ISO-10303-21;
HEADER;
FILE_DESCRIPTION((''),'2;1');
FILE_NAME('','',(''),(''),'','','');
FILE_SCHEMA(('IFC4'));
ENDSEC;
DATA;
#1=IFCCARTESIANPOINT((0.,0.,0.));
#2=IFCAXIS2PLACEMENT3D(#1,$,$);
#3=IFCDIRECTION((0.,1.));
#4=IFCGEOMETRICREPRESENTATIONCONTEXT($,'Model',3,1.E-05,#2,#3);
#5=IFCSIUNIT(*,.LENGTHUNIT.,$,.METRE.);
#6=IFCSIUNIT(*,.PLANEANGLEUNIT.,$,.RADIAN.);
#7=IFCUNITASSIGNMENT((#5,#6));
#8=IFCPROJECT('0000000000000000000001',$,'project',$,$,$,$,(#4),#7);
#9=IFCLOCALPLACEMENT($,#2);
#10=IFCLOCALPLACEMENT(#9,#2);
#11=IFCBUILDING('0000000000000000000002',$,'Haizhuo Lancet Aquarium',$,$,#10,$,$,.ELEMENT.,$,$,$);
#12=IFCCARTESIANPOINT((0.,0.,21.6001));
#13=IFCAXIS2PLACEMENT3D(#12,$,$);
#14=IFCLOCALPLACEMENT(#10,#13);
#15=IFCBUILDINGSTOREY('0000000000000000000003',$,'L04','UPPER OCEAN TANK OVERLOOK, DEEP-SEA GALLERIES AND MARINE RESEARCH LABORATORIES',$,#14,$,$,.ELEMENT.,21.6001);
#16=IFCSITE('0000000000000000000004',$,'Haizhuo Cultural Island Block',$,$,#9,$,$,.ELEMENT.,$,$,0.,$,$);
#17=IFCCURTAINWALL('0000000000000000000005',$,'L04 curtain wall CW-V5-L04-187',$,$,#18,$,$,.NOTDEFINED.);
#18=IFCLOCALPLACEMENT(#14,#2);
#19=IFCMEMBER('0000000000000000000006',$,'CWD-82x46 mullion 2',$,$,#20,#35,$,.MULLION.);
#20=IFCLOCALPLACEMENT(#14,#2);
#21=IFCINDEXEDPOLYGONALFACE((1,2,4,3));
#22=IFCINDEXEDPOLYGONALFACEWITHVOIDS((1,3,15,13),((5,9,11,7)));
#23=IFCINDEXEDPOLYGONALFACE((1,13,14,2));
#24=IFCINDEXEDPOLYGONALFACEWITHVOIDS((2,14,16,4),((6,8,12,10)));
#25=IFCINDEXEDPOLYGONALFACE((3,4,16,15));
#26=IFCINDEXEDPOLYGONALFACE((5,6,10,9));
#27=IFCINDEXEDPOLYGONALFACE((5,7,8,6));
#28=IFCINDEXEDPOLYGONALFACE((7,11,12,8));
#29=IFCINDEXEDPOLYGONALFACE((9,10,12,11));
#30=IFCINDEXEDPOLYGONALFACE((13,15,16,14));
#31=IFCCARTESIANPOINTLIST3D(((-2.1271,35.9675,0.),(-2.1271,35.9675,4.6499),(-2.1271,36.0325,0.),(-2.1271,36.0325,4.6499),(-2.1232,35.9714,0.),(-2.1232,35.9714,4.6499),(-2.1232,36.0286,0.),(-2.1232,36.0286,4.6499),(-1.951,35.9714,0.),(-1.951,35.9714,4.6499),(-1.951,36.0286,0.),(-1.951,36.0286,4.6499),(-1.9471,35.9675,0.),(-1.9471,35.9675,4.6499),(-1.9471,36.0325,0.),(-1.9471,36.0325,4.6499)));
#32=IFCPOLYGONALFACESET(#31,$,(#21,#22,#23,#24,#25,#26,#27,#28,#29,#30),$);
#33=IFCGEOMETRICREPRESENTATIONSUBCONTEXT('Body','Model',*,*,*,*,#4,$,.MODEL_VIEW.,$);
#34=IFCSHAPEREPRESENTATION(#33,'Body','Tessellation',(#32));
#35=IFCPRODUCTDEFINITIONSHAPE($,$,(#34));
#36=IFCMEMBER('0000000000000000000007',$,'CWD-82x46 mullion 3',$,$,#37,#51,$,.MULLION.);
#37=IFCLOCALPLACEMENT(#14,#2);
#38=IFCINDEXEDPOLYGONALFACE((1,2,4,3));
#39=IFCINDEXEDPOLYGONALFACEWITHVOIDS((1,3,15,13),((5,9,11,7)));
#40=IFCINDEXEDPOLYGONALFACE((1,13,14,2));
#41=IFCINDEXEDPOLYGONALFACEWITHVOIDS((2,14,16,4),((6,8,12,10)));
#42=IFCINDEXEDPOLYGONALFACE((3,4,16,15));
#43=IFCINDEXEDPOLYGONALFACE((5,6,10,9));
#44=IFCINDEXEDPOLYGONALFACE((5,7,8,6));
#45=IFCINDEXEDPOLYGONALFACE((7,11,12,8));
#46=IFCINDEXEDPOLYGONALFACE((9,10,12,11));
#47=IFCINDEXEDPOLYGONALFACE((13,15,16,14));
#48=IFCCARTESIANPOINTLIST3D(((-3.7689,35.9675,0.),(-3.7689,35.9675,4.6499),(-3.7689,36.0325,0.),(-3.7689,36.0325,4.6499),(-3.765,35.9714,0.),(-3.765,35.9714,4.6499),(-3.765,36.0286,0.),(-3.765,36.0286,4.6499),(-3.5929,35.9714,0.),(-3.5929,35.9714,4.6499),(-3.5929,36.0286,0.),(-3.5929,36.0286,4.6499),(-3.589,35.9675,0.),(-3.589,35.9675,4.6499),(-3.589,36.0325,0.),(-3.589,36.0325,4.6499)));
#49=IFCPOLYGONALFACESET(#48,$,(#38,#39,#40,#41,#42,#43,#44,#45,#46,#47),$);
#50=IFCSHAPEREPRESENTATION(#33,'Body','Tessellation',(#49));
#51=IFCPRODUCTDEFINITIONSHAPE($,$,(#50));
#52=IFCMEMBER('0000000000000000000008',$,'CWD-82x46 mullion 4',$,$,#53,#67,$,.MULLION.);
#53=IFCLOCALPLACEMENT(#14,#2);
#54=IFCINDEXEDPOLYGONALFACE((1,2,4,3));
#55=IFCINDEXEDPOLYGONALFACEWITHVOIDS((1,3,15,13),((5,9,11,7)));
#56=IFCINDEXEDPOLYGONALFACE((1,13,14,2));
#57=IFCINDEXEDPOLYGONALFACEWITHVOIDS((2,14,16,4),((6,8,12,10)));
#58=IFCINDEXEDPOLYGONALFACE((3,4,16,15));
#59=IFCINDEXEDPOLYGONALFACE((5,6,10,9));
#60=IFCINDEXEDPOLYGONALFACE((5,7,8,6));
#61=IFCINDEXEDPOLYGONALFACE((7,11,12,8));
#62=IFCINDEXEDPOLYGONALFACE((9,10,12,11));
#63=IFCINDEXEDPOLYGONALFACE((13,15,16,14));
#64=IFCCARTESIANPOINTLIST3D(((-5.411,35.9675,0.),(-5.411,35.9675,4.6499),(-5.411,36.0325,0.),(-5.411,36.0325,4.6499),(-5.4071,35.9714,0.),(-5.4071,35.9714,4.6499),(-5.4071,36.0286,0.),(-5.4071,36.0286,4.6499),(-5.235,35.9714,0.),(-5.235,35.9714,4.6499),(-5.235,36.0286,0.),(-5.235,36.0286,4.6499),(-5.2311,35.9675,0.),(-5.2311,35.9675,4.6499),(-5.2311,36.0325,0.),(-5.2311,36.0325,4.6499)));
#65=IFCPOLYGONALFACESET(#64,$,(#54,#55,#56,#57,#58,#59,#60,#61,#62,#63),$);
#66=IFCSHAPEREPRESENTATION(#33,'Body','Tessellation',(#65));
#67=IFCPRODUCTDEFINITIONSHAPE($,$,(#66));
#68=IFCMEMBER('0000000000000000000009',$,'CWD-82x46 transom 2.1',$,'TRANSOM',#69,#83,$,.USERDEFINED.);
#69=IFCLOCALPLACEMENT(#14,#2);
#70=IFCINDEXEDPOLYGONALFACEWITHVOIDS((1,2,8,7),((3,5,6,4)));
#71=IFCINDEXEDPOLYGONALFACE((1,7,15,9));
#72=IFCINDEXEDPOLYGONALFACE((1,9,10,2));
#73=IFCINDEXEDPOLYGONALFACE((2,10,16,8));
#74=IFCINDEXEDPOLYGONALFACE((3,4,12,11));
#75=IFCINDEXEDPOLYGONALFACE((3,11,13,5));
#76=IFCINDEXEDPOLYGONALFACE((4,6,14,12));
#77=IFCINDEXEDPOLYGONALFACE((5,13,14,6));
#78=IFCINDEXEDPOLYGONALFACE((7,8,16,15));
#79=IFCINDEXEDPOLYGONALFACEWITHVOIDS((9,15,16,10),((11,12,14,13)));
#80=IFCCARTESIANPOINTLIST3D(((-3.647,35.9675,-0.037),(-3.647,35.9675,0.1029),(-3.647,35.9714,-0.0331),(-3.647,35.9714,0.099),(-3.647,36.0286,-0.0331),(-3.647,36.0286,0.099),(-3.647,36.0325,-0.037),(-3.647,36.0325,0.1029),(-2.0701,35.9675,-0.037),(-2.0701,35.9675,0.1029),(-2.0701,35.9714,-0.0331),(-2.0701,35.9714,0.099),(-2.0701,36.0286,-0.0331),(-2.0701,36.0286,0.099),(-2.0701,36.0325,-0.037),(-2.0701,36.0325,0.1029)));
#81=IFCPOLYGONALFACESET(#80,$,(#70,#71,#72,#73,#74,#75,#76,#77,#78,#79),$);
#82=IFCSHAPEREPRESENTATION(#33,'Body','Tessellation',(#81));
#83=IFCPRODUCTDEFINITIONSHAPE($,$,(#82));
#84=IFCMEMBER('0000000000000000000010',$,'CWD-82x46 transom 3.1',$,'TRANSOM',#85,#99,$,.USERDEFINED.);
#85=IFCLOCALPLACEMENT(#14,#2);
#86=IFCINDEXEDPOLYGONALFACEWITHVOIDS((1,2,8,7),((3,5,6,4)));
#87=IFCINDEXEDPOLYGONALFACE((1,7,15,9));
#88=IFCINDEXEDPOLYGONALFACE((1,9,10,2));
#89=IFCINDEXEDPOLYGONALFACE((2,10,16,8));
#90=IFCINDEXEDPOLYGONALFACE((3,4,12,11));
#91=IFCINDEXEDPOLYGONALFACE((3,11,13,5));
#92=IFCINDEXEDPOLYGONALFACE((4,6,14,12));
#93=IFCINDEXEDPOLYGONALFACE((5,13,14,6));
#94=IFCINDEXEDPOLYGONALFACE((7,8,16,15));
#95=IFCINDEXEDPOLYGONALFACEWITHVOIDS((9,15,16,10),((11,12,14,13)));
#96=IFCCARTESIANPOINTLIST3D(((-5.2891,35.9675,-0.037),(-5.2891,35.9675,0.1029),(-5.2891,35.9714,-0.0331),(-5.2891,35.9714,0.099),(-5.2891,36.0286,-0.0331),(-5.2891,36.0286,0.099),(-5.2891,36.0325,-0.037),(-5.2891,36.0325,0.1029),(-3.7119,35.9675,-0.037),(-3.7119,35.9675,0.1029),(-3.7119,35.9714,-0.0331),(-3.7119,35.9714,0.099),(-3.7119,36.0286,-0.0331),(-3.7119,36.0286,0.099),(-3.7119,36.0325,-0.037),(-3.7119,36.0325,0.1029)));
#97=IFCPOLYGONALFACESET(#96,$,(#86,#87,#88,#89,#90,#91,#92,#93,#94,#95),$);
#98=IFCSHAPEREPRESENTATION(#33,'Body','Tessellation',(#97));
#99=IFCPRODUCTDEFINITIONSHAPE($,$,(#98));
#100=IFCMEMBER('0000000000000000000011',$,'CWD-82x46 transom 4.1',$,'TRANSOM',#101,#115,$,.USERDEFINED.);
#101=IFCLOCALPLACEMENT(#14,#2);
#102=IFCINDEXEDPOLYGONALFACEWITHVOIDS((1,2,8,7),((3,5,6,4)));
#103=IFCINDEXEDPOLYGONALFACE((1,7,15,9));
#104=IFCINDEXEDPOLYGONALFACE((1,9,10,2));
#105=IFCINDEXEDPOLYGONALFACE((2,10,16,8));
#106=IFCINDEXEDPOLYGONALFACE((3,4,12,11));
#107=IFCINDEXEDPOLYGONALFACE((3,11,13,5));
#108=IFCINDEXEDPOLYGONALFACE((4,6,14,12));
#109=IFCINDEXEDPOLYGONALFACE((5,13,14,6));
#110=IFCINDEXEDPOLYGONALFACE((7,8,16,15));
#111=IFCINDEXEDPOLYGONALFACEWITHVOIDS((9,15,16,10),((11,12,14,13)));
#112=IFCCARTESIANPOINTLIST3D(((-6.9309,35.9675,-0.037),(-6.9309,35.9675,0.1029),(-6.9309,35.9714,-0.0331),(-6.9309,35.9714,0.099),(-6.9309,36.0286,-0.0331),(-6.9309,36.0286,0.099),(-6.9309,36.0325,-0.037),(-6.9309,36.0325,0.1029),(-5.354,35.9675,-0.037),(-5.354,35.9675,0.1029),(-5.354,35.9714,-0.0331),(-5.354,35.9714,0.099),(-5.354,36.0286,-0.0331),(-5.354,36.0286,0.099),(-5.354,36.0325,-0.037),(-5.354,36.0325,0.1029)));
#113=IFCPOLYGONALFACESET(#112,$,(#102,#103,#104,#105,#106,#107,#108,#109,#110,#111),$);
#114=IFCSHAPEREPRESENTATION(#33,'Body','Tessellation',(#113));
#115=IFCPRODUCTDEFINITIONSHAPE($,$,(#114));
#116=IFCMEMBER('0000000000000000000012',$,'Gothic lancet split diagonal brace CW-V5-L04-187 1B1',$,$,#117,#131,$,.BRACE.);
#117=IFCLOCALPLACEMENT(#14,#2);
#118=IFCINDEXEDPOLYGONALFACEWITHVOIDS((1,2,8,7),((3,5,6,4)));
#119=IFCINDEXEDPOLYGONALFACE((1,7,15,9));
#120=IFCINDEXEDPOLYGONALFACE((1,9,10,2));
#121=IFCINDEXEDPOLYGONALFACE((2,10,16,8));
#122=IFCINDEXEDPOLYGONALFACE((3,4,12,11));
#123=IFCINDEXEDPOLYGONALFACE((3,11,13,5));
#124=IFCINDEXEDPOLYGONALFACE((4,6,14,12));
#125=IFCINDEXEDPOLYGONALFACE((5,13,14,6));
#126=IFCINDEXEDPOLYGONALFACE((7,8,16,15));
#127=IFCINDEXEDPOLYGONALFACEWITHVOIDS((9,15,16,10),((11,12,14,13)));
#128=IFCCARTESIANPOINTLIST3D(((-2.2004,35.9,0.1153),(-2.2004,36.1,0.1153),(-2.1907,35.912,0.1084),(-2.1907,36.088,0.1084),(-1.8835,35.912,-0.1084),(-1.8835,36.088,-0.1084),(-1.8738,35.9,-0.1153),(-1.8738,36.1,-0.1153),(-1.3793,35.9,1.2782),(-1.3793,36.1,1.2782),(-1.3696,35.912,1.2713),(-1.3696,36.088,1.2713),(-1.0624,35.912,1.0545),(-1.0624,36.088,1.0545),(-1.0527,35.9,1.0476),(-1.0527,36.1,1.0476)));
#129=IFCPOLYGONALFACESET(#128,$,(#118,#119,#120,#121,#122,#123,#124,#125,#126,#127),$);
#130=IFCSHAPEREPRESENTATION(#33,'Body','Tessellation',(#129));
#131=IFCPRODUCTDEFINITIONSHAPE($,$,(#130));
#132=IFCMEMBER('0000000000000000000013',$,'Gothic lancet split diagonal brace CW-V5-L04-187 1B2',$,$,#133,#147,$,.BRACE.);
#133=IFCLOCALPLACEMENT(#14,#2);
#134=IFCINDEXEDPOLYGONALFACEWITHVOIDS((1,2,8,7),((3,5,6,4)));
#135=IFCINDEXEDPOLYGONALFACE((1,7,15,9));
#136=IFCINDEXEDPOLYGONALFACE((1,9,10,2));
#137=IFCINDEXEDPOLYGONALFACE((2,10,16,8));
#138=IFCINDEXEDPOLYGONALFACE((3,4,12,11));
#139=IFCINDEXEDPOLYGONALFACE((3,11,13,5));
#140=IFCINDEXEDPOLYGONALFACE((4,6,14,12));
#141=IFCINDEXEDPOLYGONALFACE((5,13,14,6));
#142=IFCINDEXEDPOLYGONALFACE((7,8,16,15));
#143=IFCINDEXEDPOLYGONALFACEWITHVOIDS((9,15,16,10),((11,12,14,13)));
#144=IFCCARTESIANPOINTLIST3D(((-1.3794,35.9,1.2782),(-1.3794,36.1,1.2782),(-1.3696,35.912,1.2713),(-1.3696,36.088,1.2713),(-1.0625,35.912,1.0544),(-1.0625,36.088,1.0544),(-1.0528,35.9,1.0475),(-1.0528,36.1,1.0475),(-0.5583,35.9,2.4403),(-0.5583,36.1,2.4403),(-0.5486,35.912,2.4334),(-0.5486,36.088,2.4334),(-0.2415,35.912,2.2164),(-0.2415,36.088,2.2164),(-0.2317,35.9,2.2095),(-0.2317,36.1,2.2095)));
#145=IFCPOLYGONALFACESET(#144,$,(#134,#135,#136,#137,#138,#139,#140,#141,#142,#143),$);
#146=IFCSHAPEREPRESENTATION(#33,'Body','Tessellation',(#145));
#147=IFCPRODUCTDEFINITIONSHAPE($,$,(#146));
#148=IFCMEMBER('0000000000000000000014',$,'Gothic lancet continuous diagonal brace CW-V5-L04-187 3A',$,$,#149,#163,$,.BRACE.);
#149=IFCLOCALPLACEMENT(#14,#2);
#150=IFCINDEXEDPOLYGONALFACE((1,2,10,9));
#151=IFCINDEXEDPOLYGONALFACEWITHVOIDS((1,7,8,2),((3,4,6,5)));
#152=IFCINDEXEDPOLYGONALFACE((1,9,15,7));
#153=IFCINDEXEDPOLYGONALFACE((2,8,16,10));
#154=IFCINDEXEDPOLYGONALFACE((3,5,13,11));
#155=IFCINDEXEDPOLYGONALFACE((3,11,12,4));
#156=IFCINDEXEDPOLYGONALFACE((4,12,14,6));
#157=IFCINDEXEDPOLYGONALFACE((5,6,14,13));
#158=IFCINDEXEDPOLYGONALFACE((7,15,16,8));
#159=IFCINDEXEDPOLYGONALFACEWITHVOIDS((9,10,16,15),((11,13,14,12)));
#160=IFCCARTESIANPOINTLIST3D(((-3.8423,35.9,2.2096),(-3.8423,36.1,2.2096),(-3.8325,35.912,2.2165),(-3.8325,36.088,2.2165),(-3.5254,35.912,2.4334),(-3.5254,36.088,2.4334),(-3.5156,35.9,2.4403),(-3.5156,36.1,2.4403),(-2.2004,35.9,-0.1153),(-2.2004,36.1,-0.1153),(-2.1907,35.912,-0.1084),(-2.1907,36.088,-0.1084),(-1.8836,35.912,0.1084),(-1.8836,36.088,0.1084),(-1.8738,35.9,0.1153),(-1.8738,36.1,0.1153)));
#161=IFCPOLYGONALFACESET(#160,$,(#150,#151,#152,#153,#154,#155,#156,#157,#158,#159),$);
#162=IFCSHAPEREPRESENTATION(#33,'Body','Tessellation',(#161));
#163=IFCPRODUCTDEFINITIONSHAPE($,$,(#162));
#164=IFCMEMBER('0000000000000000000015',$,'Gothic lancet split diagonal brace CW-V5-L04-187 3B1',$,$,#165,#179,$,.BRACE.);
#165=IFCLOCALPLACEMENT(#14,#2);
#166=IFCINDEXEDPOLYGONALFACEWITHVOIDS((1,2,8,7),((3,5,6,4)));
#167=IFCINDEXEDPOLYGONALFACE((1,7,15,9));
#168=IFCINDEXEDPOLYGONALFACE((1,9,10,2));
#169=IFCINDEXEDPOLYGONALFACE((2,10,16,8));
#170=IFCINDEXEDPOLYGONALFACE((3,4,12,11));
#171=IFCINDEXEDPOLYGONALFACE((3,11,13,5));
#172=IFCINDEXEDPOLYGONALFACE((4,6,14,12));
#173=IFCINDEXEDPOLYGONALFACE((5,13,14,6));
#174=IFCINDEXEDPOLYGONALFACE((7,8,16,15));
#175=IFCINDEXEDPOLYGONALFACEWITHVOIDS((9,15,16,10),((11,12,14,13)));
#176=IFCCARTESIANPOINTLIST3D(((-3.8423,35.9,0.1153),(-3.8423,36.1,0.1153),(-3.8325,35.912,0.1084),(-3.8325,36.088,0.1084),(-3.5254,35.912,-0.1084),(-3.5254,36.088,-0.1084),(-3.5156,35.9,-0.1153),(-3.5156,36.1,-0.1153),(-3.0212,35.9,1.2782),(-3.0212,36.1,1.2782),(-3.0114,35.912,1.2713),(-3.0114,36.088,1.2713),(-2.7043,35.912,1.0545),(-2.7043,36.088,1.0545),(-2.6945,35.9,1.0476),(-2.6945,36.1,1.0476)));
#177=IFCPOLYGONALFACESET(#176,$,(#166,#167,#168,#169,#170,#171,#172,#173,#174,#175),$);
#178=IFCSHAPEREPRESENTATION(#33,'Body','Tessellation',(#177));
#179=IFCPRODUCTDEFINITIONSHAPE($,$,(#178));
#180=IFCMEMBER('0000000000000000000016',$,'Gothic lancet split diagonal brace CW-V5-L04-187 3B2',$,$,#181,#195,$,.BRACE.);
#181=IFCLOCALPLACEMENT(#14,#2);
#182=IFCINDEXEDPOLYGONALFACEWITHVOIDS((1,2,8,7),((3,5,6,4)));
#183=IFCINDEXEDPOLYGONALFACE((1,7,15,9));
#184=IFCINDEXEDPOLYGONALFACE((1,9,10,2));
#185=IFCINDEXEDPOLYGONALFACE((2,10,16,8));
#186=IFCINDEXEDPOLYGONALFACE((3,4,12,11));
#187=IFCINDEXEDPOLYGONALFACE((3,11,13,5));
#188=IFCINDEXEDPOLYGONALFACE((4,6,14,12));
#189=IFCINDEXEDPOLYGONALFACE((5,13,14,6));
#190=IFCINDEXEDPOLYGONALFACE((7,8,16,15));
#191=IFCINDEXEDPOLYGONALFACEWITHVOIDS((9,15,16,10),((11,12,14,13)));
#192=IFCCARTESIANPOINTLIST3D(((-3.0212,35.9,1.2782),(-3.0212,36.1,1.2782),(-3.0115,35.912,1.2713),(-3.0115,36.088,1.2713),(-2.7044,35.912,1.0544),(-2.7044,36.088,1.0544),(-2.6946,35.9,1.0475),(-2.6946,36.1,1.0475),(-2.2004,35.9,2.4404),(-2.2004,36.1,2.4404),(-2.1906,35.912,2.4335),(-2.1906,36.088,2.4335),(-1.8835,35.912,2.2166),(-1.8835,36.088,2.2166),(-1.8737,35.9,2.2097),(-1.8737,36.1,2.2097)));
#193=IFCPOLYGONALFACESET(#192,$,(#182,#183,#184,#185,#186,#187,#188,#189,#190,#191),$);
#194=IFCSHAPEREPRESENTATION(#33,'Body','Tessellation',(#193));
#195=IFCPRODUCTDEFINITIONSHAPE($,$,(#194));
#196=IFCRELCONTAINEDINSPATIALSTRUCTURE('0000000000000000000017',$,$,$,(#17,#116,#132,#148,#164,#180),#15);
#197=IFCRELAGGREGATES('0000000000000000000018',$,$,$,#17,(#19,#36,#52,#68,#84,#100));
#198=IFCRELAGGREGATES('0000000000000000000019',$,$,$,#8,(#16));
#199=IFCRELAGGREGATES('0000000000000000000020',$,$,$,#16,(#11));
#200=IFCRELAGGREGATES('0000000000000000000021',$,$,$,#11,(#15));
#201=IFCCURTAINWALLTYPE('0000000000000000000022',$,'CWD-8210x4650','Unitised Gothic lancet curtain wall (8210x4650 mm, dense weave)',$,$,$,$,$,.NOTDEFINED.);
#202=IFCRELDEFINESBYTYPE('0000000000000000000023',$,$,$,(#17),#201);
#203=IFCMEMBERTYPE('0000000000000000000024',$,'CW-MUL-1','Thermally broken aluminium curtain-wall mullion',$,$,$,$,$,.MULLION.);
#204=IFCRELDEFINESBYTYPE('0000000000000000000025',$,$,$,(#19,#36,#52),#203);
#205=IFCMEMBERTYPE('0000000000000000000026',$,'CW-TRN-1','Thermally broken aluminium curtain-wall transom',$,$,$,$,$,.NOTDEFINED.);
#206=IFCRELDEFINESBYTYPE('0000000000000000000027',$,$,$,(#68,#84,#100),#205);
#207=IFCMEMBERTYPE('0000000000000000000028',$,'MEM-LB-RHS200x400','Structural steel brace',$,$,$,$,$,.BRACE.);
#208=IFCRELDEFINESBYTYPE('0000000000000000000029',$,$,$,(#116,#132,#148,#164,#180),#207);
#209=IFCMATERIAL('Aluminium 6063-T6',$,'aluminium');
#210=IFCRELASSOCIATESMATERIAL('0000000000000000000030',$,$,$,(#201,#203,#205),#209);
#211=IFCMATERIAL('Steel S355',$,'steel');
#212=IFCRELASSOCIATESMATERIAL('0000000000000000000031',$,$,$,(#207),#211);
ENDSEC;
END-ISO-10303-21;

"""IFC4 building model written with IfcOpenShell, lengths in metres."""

from ifc_helpers import new_model, si_unit, direction, frame, origin, origin_2d, place, context, subcontext, project, spatial, hollow_rectangle, extrude, material, material_profile, profile_set, type_object, element, aggregate, save


model = new_model("IFC4")

# Units and contexts
model_context = context("Model", 3, precision=1e-05, world=origin(), true_north=direction((0.0, 1.0)))
body_context = subcontext(model_context, "Body", "Model", "MODEL_VIEW")
ifc_project = project(units=[si_unit("LENGTHUNIT", "METRE"), si_unit("PLANEANGLEUNIT", "RADIAN")], contexts=[model_context])

# Site, building, storey
site_placement = place(None, origin())
site = spatial("IfcSite", under=ifc_project, at=site_placement, Name="Haizhuo Cultural Island Block", CompositionType="ELEMENT", RefElevation=0.0)
building_placement = place(site_placement, origin())
building = spatial("IfcBuilding", under=site, at=building_placement, Name="Haizhuo Lancet Aquarium", CompositionType="ELEMENT")
storey_placement = place(building_placement, frame((0.0, 0.0, 21.6001)))
storey = spatial("IfcBuildingStorey", under=building, at=storey_placement, Name="L04", Description="UPPER OCEAN TANK OVERLOOK, DEEP-SEA GALLERIES AND MARINE RESEARCH LABORATORIES", CompositionType="ELEMENT", Elevation=21.6001)

# Curtain wall, members
ifc_material_1 = material(Name="Aluminium 6063-T6", Category="aluminium")
curtain_wall_type = type_object("IfcCurtainWallType", Name="CWD-8210x4650", Description="Unitised Gothic lancet curtain wall (8210x4650 mm, dense weave)", PredefinedType="NOTDEFINED", material=ifc_material_1)
curtain_wall_placement = place(storey_placement, origin())
curtain_wall = element("IfcCurtainWall", 1, at=curtain_wall_placement, inside=storey, type_object=curtain_wall_type, Name="L04 curtain wall CW-V5-L04-187", PredefinedType="NOTDEFINED")
ifc_material_profile_1 = material_profile(ifc_material_1, hollow_rectangle(XDim=0.0649, YDim=0.1799, WallThickness=0.0039, at=origin_2d()), Name="ALU-M 65x180x4")
ifc_profile_set_1 = profile_set([ifc_material_profile_1], Name="Aluminium 6063-T6")
member_type_1 = type_object("IfcMemberType", Name="CW-MUL-1", Description="Thermally broken aluminium curtain-wall mullion", PredefinedType="MULLION", material=ifc_profile_set_1)
member_1_placement = place(storey_placement, frame((-2.0371, 36.0, 0.0), z_axis=(0.0, 0.0, 1.0), x_axis=(0.0, -1.0, 0.0)))
member_1 = element("IfcMember", 2, at=member_1_placement, type_object=member_type_1, Name="CWD-82x46 mullion 2", PredefinedType="MULLION", context=body_context, shape_type="SweptSolid", body=[
    extrude(hollow_rectangle(XDim=0.0649, YDim=0.1799, WallThickness=0.0039, at=origin_2d()), origin(), (0.0, 0.0, 1.0), 4.6499),
])
member_2_placement = place(storey_placement, frame((-3.679, 36.0, 0.0), z_axis=(0.0, 0.0, 1.0), x_axis=(0.0, -1.0, 0.0)))
member_2 = element("IfcMember", 3, at=member_2_placement, type_object=member_type_1, Name="CWD-82x46 mullion 3", PredefinedType="MULLION", context=body_context, shape_type="SweptSolid", body=[
    extrude(hollow_rectangle(XDim=0.0649, YDim=0.1799, WallThickness=0.0039, at=origin_2d()), origin(), (0.0, 0.0, 1.0), 4.6499),
])
member_3_placement = place(storey_placement, frame((-5.321, 36.0, 0.0), z_axis=(0.0, 0.0, 1.0), x_axis=(0.0, -1.0, 0.0)))
member_3 = element("IfcMember", 4, at=member_3_placement, type_object=member_type_1, Name="CWD-82x46 mullion 4", PredefinedType="MULLION", context=body_context, shape_type="SweptSolid", body=[
    extrude(hollow_rectangle(XDim=0.0649, YDim=0.1799, WallThickness=0.0039, at=origin_2d()), origin(), (0.0, 0.0, 1.0), 4.6499),
])
ifc_material_profile_2 = material_profile(ifc_material_1, hollow_rectangle(XDim=0.0649, YDim=0.1399, WallThickness=0.0039, at=origin_2d()), Name="ALU-T 65x140x4")
ifc_profile_set_2 = profile_set([ifc_material_profile_2], Name="Aluminium 6063-T6")
member_type_2 = type_object("IfcMemberType", Name="CW-TRN-1", Description="Thermally broken aluminium curtain-wall transom", PredefinedType="NOTDEFINED", material=ifc_profile_set_2)
member_4_placement = place(storey_placement, frame((-2.0701, 36.0, 0.033), z_axis=(-1.0, 0.0, 0.0), x_axis=(0.0, -1.0, 0.0)))
member_4 = element("IfcMember", 5, at=member_4_placement, type_object=member_type_2, Name="CWD-82x46 transom 2.1", ObjectType="TRANSOM", PredefinedType="USERDEFINED", context=body_context, shape_type="SweptSolid", body=[
    extrude(hollow_rectangle(XDim=0.0649, YDim=0.1399, WallThickness=0.0039, at=origin_2d()), origin(), (0.0, 0.0, 1.0), 1.5769),
])
member_5_placement = place(storey_placement, frame((-3.7119, 36.0, 0.033), z_axis=(-1.0, 0.0, 0.0), x_axis=(0.0, -1.0, 0.0)))
member_5 = element("IfcMember", 6, at=member_5_placement, type_object=member_type_2, Name="CWD-82x46 transom 3.1", ObjectType="TRANSOM", PredefinedType="USERDEFINED", context=body_context, shape_type="SweptSolid", body=[
    extrude(hollow_rectangle(XDim=0.0649, YDim=0.1399, WallThickness=0.0039, at=origin_2d()), origin(), (0.0, 0.0, 1.0), 1.5771),
])
member_6_placement = place(storey_placement, frame((-5.354, 36.0, 0.033), z_axis=(-1.0, 0.0, 0.0), x_axis=(0.0, -1.0, 0.0)))
member_6 = element("IfcMember", 7, at=member_6_placement, type_object=member_type_2, Name="CWD-82x46 transom 4.1", ObjectType="TRANSOM", PredefinedType="USERDEFINED", context=body_context, shape_type="SweptSolid", body=[
    extrude(hollow_rectangle(XDim=0.0649, YDim=0.1399, WallThickness=0.0039, at=origin_2d()), origin(), (0.0, 0.0, 1.0), 1.5769),
])

# Members
ifc_material_2 = material(Name="Steel S355", Category="steel")
ifc_material_profile_3 = material_profile(ifc_material_2, hollow_rectangle(XDim=0.2, YDim=0.3999, WallThickness=0.012, at=origin_2d()), Name="RHS 200x400x12")
ifc_profile_set_3 = profile_set([ifc_material_profile_3], Name="Steel S355")
member_type_3 = type_object("IfcMemberType", Name="MEM-LB-RHS200x400", Description="Structural steel brace", PredefinedType="BRACE", material=ifc_profile_set_3)
member_7_placement = place(storey_placement, frame((-2.0371, 36.0, 0.0), z_axis=(0.576784, 0.0, 0.816897), x_axis=(0.0, 1.0, 0.0)))
element("IfcMember", 8, at=member_7_placement, inside=storey, type_object=member_type_3, Name="Gothic lancet split diagonal brace CW-V5-L04-187 1B1", PredefinedType="BRACE", context=body_context, shape_type="SweptSolid", body=[
    extrude(hollow_rectangle(XDim=0.2, YDim=0.3999, WallThickness=0.012, at=origin_2d()), origin(), (0.0, 0.0, 1.0), 1.4236),
])
member_8_placement = place(storey_placement, frame((-1.2161, 36.0, 1.1628), z_axis=(0.577027, 0.0, 0.816725), x_axis=(0.0, 1.0, 0.0)))
element("IfcMember", 9, at=member_8_placement, inside=storey, type_object=member_type_3, Name="Gothic lancet split diagonal brace CW-V5-L04-187 1B2", PredefinedType="BRACE", context=body_context, shape_type="SweptSolid", body=[
    extrude(hollow_rectangle(XDim=0.2, YDim=0.3999, WallThickness=0.012, at=origin_2d()), origin(), (0.0, 0.0, 1.0), 1.4229),
])
member_9_placement = place(storey_placement, frame((-2.0371, 36.0, 0.0), z_axis=(-0.576848, 0.0, 0.816851), x_axis=(0.0, -1.0, 0.0)))
element("IfcMember", 10, at=member_9_placement, inside=storey, type_object=member_type_3, Name="Gothic lancet continuous diagonal brace CW-V5-L04-187 3A", PredefinedType="BRACE", context=body_context, shape_type="SweptSolid", body=[
    extrude(hollow_rectangle(XDim=0.2, YDim=0.3999, WallThickness=0.012, at=origin_2d()), origin(), (0.0, 0.0, 1.0), 2.8462),
])
member_10_placement = place(storey_placement, frame((-3.679, 36.0, 0.0), z_axis=(0.576784, 0.0, 0.816897), x_axis=(0.0, 1.0, 0.0)))
element("IfcMember", 11, at=member_10_placement, inside=storey, type_object=member_type_3, Name="Gothic lancet split diagonal brace CW-V5-L04-187 3B1", PredefinedType="BRACE", context=body_context, shape_type="SweptSolid", body=[
    extrude(hollow_rectangle(XDim=0.2, YDim=0.3999, WallThickness=0.012, at=origin_2d()), origin(), (0.0, 0.0, 1.0), 1.4236),
])
member_11_placement = place(storey_placement, frame((-2.8579, 36.0, 1.1628), z_axis=(0.576912, 0.0, 0.816806), x_axis=(0.0, 1.0, 0.0)))
element("IfcMember", 12, at=member_11_placement, inside=storey, type_object=member_type_3, Name="Gothic lancet split diagonal brace CW-V5-L04-187 3B2", PredefinedType="BRACE", context=body_context, shape_type="SweptSolid", body=[
    extrude(hollow_rectangle(XDim=0.2, YDim=0.3999, WallThickness=0.012, at=origin_2d()), origin(), (0.0, 0.0, 1.0), 1.4229),
])

aggregate(curtain_wall, [member_1, member_2, member_3, member_4, member_5, member_6])

save(model, "model.ifc")
